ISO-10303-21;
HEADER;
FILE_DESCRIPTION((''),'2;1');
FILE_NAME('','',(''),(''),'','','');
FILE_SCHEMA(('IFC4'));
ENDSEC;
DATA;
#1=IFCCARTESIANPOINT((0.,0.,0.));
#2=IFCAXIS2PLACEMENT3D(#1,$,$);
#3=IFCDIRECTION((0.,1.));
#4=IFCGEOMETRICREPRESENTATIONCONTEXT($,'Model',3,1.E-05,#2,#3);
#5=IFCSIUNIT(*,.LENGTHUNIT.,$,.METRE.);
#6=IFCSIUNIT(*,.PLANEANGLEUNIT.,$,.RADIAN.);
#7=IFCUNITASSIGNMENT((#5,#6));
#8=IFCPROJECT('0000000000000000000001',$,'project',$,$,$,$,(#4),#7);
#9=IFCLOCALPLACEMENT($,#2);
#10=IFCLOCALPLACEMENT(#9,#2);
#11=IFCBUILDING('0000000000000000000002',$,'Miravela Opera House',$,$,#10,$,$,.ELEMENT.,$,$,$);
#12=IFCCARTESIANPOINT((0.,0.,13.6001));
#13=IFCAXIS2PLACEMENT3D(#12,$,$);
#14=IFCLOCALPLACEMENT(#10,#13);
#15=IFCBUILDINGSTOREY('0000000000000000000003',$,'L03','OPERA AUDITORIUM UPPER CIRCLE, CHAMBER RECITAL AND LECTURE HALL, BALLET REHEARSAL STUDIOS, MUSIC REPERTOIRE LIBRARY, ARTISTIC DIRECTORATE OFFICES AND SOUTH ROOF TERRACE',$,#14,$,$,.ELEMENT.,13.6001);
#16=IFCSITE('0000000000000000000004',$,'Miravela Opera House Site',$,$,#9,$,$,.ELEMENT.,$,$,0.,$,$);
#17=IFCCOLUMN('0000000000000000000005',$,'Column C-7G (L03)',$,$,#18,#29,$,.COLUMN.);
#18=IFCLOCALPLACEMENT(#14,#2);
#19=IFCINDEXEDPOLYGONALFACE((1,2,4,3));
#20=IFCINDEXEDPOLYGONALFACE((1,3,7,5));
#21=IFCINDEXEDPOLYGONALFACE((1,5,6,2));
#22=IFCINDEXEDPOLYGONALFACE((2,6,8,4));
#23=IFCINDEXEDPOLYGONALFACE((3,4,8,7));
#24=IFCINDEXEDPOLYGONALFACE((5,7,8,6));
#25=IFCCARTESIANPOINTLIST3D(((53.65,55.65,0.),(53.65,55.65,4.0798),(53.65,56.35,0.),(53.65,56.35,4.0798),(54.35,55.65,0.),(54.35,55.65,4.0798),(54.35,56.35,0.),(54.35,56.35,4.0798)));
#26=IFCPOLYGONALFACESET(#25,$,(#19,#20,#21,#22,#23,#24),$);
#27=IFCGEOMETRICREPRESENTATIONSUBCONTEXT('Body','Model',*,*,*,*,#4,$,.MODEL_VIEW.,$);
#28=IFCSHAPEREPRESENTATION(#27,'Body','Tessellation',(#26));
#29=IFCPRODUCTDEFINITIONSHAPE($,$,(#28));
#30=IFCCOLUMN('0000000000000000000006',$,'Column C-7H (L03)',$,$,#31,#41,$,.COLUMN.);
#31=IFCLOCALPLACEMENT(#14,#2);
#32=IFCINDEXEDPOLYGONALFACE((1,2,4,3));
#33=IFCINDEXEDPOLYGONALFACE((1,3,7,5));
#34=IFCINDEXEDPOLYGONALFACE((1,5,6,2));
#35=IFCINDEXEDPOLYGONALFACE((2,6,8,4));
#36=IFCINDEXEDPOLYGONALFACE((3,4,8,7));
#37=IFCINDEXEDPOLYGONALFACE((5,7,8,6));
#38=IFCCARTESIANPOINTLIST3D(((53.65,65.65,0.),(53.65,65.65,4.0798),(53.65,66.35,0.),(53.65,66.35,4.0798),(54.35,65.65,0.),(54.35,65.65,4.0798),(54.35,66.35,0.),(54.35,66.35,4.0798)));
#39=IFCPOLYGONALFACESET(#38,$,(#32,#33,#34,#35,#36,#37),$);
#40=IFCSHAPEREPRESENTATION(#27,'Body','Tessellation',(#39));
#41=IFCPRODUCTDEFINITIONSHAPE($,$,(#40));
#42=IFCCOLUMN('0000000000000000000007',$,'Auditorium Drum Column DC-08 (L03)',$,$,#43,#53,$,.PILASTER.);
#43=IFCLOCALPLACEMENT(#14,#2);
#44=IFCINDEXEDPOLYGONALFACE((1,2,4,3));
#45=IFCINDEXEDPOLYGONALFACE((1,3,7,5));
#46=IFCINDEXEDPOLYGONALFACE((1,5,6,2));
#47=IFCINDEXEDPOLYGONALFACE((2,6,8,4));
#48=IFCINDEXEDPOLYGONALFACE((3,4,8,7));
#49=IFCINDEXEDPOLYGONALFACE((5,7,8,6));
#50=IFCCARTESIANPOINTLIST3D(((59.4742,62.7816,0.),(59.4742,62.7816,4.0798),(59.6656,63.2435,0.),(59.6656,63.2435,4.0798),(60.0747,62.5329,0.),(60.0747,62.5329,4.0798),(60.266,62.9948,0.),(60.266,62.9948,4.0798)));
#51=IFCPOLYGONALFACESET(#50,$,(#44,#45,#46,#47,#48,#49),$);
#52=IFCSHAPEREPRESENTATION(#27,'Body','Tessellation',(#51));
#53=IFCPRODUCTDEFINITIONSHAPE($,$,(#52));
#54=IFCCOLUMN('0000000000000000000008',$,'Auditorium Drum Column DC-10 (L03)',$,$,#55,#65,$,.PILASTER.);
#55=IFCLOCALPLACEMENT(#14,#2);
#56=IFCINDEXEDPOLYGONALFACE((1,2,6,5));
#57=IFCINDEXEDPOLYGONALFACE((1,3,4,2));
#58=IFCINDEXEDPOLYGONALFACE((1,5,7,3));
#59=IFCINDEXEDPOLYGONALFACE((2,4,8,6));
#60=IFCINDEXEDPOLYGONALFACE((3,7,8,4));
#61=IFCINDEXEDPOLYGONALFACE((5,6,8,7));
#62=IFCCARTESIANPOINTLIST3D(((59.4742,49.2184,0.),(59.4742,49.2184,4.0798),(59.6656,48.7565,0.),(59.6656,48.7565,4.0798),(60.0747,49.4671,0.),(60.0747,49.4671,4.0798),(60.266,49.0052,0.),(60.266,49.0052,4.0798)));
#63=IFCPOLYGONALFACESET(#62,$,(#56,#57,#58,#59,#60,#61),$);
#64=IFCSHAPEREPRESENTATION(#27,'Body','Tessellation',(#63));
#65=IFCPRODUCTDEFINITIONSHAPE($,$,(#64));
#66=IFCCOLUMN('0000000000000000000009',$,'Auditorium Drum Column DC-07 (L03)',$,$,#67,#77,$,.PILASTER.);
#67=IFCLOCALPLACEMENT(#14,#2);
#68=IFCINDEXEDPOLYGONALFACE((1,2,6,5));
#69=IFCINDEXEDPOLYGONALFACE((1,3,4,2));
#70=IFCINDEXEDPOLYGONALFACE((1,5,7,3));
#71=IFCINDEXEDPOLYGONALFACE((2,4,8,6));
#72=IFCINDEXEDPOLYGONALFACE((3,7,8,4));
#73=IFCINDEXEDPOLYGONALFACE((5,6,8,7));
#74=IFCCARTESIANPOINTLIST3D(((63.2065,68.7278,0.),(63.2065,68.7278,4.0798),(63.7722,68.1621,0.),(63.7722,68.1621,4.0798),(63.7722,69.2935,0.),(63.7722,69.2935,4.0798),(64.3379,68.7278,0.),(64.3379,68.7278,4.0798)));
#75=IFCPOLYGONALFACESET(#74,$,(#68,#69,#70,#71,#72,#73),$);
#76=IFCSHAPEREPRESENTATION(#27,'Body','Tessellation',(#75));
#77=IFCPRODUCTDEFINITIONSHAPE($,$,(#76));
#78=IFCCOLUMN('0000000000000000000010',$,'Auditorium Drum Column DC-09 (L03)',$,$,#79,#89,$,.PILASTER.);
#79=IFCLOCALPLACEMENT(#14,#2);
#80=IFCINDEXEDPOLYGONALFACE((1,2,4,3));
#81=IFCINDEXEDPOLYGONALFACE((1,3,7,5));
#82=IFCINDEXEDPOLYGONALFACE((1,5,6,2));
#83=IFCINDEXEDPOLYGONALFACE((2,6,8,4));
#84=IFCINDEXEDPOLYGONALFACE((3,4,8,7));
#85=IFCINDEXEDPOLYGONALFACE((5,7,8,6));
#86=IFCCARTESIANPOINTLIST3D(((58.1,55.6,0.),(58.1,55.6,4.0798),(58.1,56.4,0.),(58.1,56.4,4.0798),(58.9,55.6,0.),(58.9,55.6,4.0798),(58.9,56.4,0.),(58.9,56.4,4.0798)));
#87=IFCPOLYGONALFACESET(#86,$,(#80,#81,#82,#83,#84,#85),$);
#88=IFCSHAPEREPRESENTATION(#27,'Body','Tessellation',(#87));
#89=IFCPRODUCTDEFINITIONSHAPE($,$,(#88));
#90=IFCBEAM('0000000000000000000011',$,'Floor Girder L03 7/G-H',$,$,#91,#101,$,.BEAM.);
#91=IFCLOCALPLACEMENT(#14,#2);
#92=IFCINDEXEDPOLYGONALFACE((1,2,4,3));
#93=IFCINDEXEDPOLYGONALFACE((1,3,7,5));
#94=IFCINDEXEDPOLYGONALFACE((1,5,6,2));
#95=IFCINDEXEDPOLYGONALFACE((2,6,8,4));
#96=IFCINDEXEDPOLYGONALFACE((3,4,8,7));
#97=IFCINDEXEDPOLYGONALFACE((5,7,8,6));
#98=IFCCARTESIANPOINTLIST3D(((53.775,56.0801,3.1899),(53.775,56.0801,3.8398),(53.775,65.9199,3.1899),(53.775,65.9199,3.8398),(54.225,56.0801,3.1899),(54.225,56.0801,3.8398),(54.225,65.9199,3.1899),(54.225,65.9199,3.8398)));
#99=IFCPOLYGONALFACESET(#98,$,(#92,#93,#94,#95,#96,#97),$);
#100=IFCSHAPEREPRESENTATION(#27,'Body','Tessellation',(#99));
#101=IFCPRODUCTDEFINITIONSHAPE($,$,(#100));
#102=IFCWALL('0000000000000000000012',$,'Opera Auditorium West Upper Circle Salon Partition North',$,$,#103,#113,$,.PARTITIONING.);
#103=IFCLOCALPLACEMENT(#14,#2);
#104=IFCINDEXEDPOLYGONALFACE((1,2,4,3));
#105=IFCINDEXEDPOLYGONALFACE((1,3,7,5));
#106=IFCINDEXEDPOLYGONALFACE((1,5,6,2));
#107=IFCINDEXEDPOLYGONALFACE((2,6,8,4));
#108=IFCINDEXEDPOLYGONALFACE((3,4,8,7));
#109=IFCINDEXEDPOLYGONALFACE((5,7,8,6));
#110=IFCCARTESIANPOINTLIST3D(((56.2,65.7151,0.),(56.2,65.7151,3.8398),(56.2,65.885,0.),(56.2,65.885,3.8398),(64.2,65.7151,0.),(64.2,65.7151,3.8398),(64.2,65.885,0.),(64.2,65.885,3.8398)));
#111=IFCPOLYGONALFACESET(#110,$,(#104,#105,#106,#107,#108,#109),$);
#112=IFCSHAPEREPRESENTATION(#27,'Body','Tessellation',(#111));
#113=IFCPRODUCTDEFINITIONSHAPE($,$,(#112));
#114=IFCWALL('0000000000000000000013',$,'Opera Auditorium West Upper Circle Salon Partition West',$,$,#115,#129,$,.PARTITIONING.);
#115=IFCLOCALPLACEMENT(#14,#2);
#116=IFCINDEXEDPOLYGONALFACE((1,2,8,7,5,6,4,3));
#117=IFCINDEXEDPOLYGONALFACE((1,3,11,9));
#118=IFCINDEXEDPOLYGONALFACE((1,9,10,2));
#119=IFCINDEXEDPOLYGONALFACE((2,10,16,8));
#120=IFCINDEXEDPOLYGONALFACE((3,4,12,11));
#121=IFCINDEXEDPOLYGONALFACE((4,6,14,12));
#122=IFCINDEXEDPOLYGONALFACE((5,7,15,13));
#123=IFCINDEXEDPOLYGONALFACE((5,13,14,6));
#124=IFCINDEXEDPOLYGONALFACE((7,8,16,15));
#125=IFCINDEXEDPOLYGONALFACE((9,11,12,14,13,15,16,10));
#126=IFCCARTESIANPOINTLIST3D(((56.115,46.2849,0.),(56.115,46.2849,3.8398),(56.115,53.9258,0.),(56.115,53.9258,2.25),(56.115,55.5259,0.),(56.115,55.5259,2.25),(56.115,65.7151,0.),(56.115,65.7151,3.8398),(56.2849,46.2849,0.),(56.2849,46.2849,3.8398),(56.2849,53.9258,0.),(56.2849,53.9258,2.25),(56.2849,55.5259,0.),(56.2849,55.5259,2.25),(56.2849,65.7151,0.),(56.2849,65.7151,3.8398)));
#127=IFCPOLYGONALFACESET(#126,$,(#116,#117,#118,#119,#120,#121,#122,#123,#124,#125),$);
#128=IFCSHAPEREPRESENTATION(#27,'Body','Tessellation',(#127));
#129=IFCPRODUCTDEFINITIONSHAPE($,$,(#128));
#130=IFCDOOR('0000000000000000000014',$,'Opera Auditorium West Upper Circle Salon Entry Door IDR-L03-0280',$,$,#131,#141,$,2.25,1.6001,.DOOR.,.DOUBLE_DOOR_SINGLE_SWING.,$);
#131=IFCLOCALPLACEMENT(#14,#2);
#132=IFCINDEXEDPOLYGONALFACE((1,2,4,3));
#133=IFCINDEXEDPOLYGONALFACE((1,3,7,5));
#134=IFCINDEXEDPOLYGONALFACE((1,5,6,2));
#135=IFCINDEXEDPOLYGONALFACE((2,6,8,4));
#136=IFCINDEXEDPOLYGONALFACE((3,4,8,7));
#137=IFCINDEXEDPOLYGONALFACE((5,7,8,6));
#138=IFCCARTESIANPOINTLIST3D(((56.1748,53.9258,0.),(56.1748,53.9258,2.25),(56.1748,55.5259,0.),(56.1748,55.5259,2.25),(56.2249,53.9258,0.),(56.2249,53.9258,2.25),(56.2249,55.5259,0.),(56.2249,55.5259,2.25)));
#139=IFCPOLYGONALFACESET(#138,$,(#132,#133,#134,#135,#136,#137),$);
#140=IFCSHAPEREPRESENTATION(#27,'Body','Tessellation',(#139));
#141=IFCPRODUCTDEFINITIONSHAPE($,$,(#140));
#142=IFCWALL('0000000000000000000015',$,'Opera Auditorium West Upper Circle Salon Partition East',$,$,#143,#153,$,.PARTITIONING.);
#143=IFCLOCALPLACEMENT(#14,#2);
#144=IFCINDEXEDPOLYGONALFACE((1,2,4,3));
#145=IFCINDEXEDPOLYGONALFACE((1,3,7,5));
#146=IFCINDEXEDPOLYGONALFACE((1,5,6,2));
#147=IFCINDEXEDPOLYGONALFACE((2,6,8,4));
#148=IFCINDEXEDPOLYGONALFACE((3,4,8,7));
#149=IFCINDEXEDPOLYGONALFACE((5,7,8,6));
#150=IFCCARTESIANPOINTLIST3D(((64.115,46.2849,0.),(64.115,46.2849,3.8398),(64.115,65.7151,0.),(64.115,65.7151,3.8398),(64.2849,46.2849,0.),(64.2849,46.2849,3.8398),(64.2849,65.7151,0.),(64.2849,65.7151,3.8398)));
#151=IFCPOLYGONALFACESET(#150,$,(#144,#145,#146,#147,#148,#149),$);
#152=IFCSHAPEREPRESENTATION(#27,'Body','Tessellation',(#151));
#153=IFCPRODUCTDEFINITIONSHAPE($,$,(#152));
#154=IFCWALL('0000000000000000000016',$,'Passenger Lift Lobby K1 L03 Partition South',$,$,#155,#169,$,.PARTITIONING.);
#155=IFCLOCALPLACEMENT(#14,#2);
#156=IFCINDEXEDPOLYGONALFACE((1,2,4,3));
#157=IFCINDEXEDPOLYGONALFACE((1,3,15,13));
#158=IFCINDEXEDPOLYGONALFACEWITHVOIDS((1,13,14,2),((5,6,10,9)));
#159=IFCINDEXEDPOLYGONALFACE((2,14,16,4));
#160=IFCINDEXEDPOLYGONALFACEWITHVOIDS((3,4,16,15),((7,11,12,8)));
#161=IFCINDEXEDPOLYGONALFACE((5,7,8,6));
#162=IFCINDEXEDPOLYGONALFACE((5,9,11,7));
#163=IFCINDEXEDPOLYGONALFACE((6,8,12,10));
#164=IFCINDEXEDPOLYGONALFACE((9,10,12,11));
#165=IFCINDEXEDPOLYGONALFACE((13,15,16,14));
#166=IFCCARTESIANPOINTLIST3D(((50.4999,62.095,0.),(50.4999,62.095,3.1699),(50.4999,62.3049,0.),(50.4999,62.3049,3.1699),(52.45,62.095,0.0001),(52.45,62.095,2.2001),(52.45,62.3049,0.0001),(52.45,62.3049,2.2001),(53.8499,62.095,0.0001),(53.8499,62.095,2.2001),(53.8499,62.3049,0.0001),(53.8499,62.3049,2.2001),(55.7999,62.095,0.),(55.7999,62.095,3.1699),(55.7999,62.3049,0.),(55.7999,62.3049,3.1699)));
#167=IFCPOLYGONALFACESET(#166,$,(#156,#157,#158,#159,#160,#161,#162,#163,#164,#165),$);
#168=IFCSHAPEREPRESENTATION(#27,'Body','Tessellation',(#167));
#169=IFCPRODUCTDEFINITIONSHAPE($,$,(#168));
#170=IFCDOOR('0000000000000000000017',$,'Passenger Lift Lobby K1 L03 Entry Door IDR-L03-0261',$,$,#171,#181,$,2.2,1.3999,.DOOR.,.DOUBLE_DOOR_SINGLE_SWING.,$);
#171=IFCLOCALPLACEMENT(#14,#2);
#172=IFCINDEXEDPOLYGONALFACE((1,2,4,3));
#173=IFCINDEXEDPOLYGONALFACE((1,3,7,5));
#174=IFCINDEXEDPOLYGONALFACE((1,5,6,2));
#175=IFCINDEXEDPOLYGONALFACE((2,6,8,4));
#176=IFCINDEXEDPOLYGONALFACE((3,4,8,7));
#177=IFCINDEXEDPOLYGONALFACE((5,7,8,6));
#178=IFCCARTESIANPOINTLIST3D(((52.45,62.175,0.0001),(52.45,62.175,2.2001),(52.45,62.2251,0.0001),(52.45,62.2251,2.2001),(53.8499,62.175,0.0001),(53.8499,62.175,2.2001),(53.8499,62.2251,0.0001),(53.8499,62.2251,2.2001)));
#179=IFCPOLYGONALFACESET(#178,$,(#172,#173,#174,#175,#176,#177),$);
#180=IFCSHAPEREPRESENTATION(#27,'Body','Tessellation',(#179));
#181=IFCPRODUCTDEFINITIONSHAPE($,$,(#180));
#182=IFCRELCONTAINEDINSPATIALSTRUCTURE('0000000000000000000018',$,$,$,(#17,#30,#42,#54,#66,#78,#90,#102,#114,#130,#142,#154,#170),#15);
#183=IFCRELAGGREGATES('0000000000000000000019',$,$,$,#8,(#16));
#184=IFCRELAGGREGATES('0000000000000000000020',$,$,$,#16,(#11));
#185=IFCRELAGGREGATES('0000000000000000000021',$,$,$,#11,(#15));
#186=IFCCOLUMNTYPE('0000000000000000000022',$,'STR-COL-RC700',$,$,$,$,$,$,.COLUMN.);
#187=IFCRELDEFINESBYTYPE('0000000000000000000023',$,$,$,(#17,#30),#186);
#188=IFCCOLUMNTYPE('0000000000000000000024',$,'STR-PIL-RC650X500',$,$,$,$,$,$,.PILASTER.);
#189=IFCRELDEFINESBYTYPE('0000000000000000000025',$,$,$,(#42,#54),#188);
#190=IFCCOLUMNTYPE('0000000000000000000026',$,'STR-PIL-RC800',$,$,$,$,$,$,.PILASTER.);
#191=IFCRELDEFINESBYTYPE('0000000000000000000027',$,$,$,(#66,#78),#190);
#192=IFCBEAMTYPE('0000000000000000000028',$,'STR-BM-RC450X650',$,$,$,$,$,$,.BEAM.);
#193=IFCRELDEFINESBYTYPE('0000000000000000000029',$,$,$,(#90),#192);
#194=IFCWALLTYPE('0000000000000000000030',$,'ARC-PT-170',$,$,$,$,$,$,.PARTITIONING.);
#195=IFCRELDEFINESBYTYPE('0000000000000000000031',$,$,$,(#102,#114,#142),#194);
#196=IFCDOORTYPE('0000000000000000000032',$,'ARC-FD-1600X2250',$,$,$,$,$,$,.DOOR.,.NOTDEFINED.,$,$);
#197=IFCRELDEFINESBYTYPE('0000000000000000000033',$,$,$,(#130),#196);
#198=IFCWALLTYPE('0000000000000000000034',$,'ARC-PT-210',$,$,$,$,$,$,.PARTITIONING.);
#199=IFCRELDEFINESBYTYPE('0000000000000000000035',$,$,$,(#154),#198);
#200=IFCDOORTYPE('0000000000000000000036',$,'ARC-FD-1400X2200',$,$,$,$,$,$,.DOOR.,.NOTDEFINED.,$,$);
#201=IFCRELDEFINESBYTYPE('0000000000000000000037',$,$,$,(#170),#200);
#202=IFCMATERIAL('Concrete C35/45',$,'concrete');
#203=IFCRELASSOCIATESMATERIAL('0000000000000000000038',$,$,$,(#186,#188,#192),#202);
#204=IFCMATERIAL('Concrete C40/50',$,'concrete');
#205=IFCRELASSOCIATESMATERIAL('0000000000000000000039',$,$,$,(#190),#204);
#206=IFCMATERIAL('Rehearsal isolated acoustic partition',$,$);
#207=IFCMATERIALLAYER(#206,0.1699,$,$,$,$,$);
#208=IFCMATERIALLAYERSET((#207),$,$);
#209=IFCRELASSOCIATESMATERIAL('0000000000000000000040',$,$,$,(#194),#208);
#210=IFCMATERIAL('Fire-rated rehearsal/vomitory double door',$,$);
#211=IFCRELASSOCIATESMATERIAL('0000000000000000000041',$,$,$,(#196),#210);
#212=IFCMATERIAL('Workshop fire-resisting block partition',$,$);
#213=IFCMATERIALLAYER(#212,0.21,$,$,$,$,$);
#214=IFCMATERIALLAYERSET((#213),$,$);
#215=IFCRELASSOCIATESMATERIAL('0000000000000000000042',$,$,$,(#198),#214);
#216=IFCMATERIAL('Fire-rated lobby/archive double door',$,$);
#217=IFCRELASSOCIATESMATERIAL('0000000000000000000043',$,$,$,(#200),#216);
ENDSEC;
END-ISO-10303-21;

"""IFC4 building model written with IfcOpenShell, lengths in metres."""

from ifc_helpers import new_model, si_unit, direction, frame, frame_2d, origin, origin_2d, place, context, subcontext, project, spatial, rectangle, extrude, material, layer, layer_set, material_profile, profile_set, type_object, element, fill, save


model = new_model("IFC4")

# Units and contexts
model_context = context("Model", 3, precision=1e-05, world=origin(), true_north=direction((0.0, 1.0)))
body_context = subcontext(model_context, "Body", "Model", "MODEL_VIEW")
ifc_project = project(units=[si_unit("LENGTHUNIT", "METRE"), si_unit("PLANEANGLEUNIT", "RADIAN")], contexts=[model_context])

# Site, building, storey
site_placement = place(None, origin())
site = spatial("IfcSite", under=ifc_project, at=site_placement, Name="Miravela Opera House Site", CompositionType="ELEMENT", RefElevation=0.0)
building_placement = place(site_placement, origin())
building = spatial("IfcBuilding", under=site, at=building_placement, Name="Miravela Opera House", CompositionType="ELEMENT")
storey_placement = place(building_placement, frame((0.0, 0.0, 13.6001)))
storey = spatial("IfcBuildingStorey", under=building, at=storey_placement, Name="L03", Description="OPERA AUDITORIUM UPPER CIRCLE, CHAMBER RECITAL AND LECTURE HALL, BALLET REHEARSAL STUDIOS, MUSIC REPERTOIRE LIBRARY, ARTISTIC DIRECTORATE OFFICES AND SOUTH ROOF TERRACE", CompositionType="ELEMENT", Elevation=13.6001)

# Columns
ifc_material_1 = material(Name="Concrete C35/45", Category="concrete")
ifc_material_profile_1 = material_profile(ifc_material_1, rectangle(XDim=0.7, YDim=0.7, at=origin_2d()), Name="RC-COL-700X700")
ifc_profile_set_1 = profile_set([ifc_material_profile_1])
column_type_1 = type_object("IfcColumnType", Name="STR-COL-RC700", PredefinedType="COLUMN", material=ifc_profile_set_1)
for number, where, z_axis, x_axis, name in (
    (1, (54.0, 56.0, 0.0), (0.0, 0.0, 1.0), (1.0, 0.0, 0.0), "Column C-7G (L03)"),
    (2, (54.0, 66.0, 0.0), (0.0, 0.0, 1.0), (1.0, 0.0, 0.0), "Column C-7H (L03)"),
):
    element("IfcColumn", number, at=place(storey_placement, frame(where, z_axis=z_axis, x_axis=x_axis)), inside=storey, type_object=column_type_1, Name=name, PredefinedType="COLUMN", context=body_context, shape_type="SweptSolid", body=[
        extrude(rectangle(XDim=0.7, YDim=0.7, at=origin_2d()), origin(), (0.0, 0.0, 1.0), 4.0798),
    ])
ifc_material_profile_2 = material_profile(ifc_material_1, rectangle(XDim=0.6499, YDim=0.5, at=origin_2d()), Name="RC-PIL-650X500")
ifc_profile_set_2 = profile_set([ifc_material_profile_2])
column_type_2 = type_object("IfcColumnType", Name="STR-PIL-RC650X500", PredefinedType="PILASTER", material=ifc_profile_set_2)
for number, where, z_axis, x_axis, name in (
    (3, (59.8701, 62.8882, 0.0), (0.0, 0.0, 1.0), (-0.92388, 0.382683, 0.0), "Auditorium Drum Column DC-08 (L03)"),
    (4, (59.8701, 49.1118, 0.0), (0.0, 0.0, 1.0), (-0.92388, -0.382683, 0.0), "Auditorium Drum Column DC-10 (L03)"),
):
    element("IfcColumn", number, at=place(storey_placement, frame(where, z_axis=z_axis, x_axis=x_axis)), inside=storey, type_object=column_type_2, Name=name, PredefinedType="PILASTER", context=body_context, shape_type="SweptSolid", body=[
        extrude(rectangle(XDim=0.6499, YDim=0.5, at=origin_2d()), origin(), (0.0, 0.0, 1.0), 4.0798),
    ])
ifc_material_2 = material(Name="Concrete C40/50", Category="concrete")
ifc_material_profile_3 = material_profile(ifc_material_2, rectangle(XDim=0.8, YDim=0.8, at=origin_2d()), Name="RC-COL-800X800")
ifc_profile_set_3 = profile_set([ifc_material_profile_3])
column_type_3 = type_object("IfcColumnType", Name="STR-PIL-RC800", PredefinedType="PILASTER", material=ifc_profile_set_3)
for number, where, z_axis, x_axis, name in (
    (5, (63.7722, 68.7278, 0.0), (0.0, 0.0, 1.0), (-0.707107, 0.707107, 0.0), "Auditorium Drum Column DC-07 (L03)"),
    (6, (58.5, 56.0, 0.0), (0.0, 0.0, 1.0), (-1.0, 0.0, 0.0), "Auditorium Drum Column DC-09 (L03)"),
):
    element("IfcColumn", number, at=place(storey_placement, frame(where, z_axis=z_axis, x_axis=x_axis)), inside=storey, type_object=column_type_3, Name=name, PredefinedType="PILASTER", context=body_context, shape_type="SweptSolid", body=[
        extrude(rectangle(XDim=0.8, YDim=0.8, at=origin_2d()), origin(), (0.0, 0.0, 1.0), 4.0798),
    ])

# Beam
ifc_material_profile_4 = material_profile(ifc_material_1, rectangle(XDim=0.45, YDim=0.6499, at=origin_2d()), Name="RC-BM-450X650")
ifc_profile_set_4 = profile_set([ifc_material_profile_4])
beam_type = type_object("IfcBeamType", Name="STR-BM-RC450X650", PredefinedType="BEAM", material=ifc_profile_set_4)
beam_placement = place(storey_placement, frame((54.0, 56.0801, 3.5149), z_axis=(0.0, 1.0, 0.0), x_axis=(-1.0, 0.0, 0.0)))
element("IfcBeam", 7, at=beam_placement, inside=storey, type_object=beam_type, Name="Floor Girder L03 7/G-H", PredefinedType="BEAM", context=body_context, shape_type="SweptSolid", body=[
    extrude(rectangle(XDim=0.45, YDim=0.6499, at=origin_2d()), origin(), (0.0, 0.0, 1.0), 9.8398),
])

# Wall
ifc_material_3 = material(Name="Rehearsal isolated acoustic partition")
ifc_layer_1 = layer(ifc_material_3, 0.1699)
ifc_layer_set_1 = layer_set([ifc_layer_1])
wall_type_1 = type_object("IfcWallType", Name="ARC-PT-170", PredefinedType="PARTITIONING", material=ifc_layer_set_1)
wall_1_placement = place(storey_placement, frame((56.2, 65.8, 0.0), z_axis=(0.0, 0.0, 1.0), x_axis=(1.0, 0.0, 0.0)))
element("IfcWall", 8, at=wall_1_placement, inside=storey, type_object=wall_type_1, Name="Opera Auditorium West Upper Circle Salon Partition North", PredefinedType="PARTITIONING", context=body_context, shape_type="SweptSolid", body=[
    extrude(rectangle(XDim=8.0, YDim=0.1699, at=frame_2d((4.0, 0.0))), origin(), (0.0, 0.0, 1.0), 3.8398),
])

# Wall, opening, door
wall_2_placement = place(storey_placement, frame((56.2, 46.2849, 0.0), z_axis=(0.0, 0.0, 1.0), x_axis=(0.0, 1.0, 0.0)))
wall_2 = element("IfcWall", 9, at=wall_2_placement, inside=storey, type_object=wall_type_1, Name="Opera Auditorium West Upper Circle Salon Partition West", PredefinedType="PARTITIONING", context=body_context, shape_type="SweptSolid", body=[
    extrude(rectangle(XDim=19.4302, YDim=0.1699, at=frame_2d((9.7151, 0.0))), origin(), (0.0, 0.0, 1.0), 3.8398),
])
opening_1_placement = place(wall_2_placement, frame((7.6409, 0.0, 0.0)))
opening_1 = element("IfcOpeningElement", 10, at=opening_1_placement, cuts=wall_2, PredefinedType="OPENING", context=body_context, shape_type="SweptSolid", body=[
    extrude(rectangle(XDim=1.6001, YDim=2.25, at=frame_2d((0.8, 1.125))), frame((0.0, 0.095, 0.0), z_axis=(0.0, -1.0, 0.0), x_axis=(1.0, 0.0, 0.0)), (0.0, 0.0, 1.0), 0.1899),
])
ifc_material_4 = material(Name="Fire-rated rehearsal/vomitory double door")
door_type_1 = type_object("IfcDoorType", Name="ARC-FD-1600X2250", OperationType="NOTDEFINED", PredefinedType="DOOR", material=ifc_material_4)
door_1_placement = place(opening_1_placement, frame((1.6001, 0.0, 0.0), z_axis=(0.0, 0.0, 1.0), x_axis=(-1.0, 0.0, 0.0)))
door_1 = element("IfcDoor", 11, at=door_1_placement, inside=storey, type_object=door_type_1, Name="Opera Auditorium West Upper Circle Salon Entry Door IDR-L03-0280", OperationType="DOUBLE_DOOR_SINGLE_SWING", OverallHeight=2.25, OverallWidth=1.6001, PredefinedType="DOOR", context=body_context, shape_type="SweptSolid", body=[
    extrude(rectangle(XDim=1.6001, YDim=2.25, at=frame_2d((0.8, 1.125))), frame((0.0, 0.0249, 0.0), z_axis=(0.0, -1.0, 0.0), x_axis=(1.0, 0.0, 0.0)), (0.0, 0.0, 1.0), 0.05),
])
fill(opening_1, door_1)

# Wall
wall_3_placement = place(storey_placement, frame((64.2, 46.2849, 0.0), z_axis=(0.0, 0.0, 1.0), x_axis=(0.0, 1.0, 0.0)))
element("IfcWall", 12, at=wall_3_placement, inside=storey, type_object=wall_type_1, Name="Opera Auditorium West Upper Circle Salon Partition East", PredefinedType="PARTITIONING", context=body_context, shape_type="SweptSolid", body=[
    extrude(rectangle(XDim=19.4302, YDim=0.1699, at=frame_2d((9.7151, 0.0))), origin(), (0.0, 0.0, 1.0), 3.8398),
])

# Wall, opening, door
ifc_material_5 = material(Name="Workshop fire-resisting block partition")
ifc_layer_2 = layer(ifc_material_5, 0.21)
ifc_layer_set_2 = layer_set([ifc_layer_2])
wall_type_2 = type_object("IfcWallType", Name="ARC-PT-210", PredefinedType="PARTITIONING", material=ifc_layer_set_2)
wall_4_placement = place(storey_placement, frame((50.5, 62.2, 0.0), z_axis=(0.0, 0.0, 1.0), x_axis=(1.0, 0.0, 0.0)))
wall_4 = element("IfcWall", 13, at=wall_4_placement, inside=storey, type_object=wall_type_2, Name="Passenger Lift Lobby K1 L03 Partition South", PredefinedType="PARTITIONING", context=body_context, shape_type="SweptSolid", body=[
    extrude(rectangle(XDim=5.3, YDim=0.21, at=frame_2d((2.6499, 0.0))), origin(), (0.0, 0.0, 1.0), 3.1699),
])
opening_2_placement = place(wall_4_placement, frame((1.95, 0.0, 0.0)))
opening_2 = element("IfcOpeningElement", 14, at=opening_2_placement, cuts=wall_4, PredefinedType="OPENING", context=body_context, shape_type="SweptSolid", body=[
    extrude(rectangle(XDim=1.3999, YDim=2.2, at=frame_2d((0.7, 1.1001))), frame((0.0, 0.115, 0.0), z_axis=(0.0, -1.0, 0.0), x_axis=(1.0, 0.0, 0.0)), (0.0, 0.0, 1.0), 0.23),
])
ifc_material_6 = material(Name="Fire-rated lobby/archive double door")
door_type_2 = type_object("IfcDoorType", Name="ARC-FD-1400X2200", OperationType="NOTDEFINED", PredefinedType="DOOR", material=ifc_material_6)
door_2_placement = place(opening_2_placement, frame((1.3999, 0.0, 0.0), z_axis=(0.0, 0.0, 1.0), x_axis=(-1.0, 0.0, 0.0)))
door_2 = element("IfcDoor", 15, at=door_2_placement, inside=storey, type_object=door_type_2, Name="Passenger Lift Lobby K1 L03 Entry Door IDR-L03-0261", OperationType="DOUBLE_DOOR_SINGLE_SWING", OverallHeight=2.2, OverallWidth=1.3999, PredefinedType="DOOR", context=body_context, shape_type="SweptSolid", body=[
    extrude(rectangle(XDim=1.3999, YDim=2.2, at=frame_2d((0.7, 1.1001))), frame((0.0, 0.0249, 0.0), z_axis=(0.0, -1.0, 0.0), x_axis=(1.0, 0.0, 0.0)), (0.0, 0.0, 1.0), 0.05),
])
fill(opening_2, door_2)

save(model, "model.ifc")
